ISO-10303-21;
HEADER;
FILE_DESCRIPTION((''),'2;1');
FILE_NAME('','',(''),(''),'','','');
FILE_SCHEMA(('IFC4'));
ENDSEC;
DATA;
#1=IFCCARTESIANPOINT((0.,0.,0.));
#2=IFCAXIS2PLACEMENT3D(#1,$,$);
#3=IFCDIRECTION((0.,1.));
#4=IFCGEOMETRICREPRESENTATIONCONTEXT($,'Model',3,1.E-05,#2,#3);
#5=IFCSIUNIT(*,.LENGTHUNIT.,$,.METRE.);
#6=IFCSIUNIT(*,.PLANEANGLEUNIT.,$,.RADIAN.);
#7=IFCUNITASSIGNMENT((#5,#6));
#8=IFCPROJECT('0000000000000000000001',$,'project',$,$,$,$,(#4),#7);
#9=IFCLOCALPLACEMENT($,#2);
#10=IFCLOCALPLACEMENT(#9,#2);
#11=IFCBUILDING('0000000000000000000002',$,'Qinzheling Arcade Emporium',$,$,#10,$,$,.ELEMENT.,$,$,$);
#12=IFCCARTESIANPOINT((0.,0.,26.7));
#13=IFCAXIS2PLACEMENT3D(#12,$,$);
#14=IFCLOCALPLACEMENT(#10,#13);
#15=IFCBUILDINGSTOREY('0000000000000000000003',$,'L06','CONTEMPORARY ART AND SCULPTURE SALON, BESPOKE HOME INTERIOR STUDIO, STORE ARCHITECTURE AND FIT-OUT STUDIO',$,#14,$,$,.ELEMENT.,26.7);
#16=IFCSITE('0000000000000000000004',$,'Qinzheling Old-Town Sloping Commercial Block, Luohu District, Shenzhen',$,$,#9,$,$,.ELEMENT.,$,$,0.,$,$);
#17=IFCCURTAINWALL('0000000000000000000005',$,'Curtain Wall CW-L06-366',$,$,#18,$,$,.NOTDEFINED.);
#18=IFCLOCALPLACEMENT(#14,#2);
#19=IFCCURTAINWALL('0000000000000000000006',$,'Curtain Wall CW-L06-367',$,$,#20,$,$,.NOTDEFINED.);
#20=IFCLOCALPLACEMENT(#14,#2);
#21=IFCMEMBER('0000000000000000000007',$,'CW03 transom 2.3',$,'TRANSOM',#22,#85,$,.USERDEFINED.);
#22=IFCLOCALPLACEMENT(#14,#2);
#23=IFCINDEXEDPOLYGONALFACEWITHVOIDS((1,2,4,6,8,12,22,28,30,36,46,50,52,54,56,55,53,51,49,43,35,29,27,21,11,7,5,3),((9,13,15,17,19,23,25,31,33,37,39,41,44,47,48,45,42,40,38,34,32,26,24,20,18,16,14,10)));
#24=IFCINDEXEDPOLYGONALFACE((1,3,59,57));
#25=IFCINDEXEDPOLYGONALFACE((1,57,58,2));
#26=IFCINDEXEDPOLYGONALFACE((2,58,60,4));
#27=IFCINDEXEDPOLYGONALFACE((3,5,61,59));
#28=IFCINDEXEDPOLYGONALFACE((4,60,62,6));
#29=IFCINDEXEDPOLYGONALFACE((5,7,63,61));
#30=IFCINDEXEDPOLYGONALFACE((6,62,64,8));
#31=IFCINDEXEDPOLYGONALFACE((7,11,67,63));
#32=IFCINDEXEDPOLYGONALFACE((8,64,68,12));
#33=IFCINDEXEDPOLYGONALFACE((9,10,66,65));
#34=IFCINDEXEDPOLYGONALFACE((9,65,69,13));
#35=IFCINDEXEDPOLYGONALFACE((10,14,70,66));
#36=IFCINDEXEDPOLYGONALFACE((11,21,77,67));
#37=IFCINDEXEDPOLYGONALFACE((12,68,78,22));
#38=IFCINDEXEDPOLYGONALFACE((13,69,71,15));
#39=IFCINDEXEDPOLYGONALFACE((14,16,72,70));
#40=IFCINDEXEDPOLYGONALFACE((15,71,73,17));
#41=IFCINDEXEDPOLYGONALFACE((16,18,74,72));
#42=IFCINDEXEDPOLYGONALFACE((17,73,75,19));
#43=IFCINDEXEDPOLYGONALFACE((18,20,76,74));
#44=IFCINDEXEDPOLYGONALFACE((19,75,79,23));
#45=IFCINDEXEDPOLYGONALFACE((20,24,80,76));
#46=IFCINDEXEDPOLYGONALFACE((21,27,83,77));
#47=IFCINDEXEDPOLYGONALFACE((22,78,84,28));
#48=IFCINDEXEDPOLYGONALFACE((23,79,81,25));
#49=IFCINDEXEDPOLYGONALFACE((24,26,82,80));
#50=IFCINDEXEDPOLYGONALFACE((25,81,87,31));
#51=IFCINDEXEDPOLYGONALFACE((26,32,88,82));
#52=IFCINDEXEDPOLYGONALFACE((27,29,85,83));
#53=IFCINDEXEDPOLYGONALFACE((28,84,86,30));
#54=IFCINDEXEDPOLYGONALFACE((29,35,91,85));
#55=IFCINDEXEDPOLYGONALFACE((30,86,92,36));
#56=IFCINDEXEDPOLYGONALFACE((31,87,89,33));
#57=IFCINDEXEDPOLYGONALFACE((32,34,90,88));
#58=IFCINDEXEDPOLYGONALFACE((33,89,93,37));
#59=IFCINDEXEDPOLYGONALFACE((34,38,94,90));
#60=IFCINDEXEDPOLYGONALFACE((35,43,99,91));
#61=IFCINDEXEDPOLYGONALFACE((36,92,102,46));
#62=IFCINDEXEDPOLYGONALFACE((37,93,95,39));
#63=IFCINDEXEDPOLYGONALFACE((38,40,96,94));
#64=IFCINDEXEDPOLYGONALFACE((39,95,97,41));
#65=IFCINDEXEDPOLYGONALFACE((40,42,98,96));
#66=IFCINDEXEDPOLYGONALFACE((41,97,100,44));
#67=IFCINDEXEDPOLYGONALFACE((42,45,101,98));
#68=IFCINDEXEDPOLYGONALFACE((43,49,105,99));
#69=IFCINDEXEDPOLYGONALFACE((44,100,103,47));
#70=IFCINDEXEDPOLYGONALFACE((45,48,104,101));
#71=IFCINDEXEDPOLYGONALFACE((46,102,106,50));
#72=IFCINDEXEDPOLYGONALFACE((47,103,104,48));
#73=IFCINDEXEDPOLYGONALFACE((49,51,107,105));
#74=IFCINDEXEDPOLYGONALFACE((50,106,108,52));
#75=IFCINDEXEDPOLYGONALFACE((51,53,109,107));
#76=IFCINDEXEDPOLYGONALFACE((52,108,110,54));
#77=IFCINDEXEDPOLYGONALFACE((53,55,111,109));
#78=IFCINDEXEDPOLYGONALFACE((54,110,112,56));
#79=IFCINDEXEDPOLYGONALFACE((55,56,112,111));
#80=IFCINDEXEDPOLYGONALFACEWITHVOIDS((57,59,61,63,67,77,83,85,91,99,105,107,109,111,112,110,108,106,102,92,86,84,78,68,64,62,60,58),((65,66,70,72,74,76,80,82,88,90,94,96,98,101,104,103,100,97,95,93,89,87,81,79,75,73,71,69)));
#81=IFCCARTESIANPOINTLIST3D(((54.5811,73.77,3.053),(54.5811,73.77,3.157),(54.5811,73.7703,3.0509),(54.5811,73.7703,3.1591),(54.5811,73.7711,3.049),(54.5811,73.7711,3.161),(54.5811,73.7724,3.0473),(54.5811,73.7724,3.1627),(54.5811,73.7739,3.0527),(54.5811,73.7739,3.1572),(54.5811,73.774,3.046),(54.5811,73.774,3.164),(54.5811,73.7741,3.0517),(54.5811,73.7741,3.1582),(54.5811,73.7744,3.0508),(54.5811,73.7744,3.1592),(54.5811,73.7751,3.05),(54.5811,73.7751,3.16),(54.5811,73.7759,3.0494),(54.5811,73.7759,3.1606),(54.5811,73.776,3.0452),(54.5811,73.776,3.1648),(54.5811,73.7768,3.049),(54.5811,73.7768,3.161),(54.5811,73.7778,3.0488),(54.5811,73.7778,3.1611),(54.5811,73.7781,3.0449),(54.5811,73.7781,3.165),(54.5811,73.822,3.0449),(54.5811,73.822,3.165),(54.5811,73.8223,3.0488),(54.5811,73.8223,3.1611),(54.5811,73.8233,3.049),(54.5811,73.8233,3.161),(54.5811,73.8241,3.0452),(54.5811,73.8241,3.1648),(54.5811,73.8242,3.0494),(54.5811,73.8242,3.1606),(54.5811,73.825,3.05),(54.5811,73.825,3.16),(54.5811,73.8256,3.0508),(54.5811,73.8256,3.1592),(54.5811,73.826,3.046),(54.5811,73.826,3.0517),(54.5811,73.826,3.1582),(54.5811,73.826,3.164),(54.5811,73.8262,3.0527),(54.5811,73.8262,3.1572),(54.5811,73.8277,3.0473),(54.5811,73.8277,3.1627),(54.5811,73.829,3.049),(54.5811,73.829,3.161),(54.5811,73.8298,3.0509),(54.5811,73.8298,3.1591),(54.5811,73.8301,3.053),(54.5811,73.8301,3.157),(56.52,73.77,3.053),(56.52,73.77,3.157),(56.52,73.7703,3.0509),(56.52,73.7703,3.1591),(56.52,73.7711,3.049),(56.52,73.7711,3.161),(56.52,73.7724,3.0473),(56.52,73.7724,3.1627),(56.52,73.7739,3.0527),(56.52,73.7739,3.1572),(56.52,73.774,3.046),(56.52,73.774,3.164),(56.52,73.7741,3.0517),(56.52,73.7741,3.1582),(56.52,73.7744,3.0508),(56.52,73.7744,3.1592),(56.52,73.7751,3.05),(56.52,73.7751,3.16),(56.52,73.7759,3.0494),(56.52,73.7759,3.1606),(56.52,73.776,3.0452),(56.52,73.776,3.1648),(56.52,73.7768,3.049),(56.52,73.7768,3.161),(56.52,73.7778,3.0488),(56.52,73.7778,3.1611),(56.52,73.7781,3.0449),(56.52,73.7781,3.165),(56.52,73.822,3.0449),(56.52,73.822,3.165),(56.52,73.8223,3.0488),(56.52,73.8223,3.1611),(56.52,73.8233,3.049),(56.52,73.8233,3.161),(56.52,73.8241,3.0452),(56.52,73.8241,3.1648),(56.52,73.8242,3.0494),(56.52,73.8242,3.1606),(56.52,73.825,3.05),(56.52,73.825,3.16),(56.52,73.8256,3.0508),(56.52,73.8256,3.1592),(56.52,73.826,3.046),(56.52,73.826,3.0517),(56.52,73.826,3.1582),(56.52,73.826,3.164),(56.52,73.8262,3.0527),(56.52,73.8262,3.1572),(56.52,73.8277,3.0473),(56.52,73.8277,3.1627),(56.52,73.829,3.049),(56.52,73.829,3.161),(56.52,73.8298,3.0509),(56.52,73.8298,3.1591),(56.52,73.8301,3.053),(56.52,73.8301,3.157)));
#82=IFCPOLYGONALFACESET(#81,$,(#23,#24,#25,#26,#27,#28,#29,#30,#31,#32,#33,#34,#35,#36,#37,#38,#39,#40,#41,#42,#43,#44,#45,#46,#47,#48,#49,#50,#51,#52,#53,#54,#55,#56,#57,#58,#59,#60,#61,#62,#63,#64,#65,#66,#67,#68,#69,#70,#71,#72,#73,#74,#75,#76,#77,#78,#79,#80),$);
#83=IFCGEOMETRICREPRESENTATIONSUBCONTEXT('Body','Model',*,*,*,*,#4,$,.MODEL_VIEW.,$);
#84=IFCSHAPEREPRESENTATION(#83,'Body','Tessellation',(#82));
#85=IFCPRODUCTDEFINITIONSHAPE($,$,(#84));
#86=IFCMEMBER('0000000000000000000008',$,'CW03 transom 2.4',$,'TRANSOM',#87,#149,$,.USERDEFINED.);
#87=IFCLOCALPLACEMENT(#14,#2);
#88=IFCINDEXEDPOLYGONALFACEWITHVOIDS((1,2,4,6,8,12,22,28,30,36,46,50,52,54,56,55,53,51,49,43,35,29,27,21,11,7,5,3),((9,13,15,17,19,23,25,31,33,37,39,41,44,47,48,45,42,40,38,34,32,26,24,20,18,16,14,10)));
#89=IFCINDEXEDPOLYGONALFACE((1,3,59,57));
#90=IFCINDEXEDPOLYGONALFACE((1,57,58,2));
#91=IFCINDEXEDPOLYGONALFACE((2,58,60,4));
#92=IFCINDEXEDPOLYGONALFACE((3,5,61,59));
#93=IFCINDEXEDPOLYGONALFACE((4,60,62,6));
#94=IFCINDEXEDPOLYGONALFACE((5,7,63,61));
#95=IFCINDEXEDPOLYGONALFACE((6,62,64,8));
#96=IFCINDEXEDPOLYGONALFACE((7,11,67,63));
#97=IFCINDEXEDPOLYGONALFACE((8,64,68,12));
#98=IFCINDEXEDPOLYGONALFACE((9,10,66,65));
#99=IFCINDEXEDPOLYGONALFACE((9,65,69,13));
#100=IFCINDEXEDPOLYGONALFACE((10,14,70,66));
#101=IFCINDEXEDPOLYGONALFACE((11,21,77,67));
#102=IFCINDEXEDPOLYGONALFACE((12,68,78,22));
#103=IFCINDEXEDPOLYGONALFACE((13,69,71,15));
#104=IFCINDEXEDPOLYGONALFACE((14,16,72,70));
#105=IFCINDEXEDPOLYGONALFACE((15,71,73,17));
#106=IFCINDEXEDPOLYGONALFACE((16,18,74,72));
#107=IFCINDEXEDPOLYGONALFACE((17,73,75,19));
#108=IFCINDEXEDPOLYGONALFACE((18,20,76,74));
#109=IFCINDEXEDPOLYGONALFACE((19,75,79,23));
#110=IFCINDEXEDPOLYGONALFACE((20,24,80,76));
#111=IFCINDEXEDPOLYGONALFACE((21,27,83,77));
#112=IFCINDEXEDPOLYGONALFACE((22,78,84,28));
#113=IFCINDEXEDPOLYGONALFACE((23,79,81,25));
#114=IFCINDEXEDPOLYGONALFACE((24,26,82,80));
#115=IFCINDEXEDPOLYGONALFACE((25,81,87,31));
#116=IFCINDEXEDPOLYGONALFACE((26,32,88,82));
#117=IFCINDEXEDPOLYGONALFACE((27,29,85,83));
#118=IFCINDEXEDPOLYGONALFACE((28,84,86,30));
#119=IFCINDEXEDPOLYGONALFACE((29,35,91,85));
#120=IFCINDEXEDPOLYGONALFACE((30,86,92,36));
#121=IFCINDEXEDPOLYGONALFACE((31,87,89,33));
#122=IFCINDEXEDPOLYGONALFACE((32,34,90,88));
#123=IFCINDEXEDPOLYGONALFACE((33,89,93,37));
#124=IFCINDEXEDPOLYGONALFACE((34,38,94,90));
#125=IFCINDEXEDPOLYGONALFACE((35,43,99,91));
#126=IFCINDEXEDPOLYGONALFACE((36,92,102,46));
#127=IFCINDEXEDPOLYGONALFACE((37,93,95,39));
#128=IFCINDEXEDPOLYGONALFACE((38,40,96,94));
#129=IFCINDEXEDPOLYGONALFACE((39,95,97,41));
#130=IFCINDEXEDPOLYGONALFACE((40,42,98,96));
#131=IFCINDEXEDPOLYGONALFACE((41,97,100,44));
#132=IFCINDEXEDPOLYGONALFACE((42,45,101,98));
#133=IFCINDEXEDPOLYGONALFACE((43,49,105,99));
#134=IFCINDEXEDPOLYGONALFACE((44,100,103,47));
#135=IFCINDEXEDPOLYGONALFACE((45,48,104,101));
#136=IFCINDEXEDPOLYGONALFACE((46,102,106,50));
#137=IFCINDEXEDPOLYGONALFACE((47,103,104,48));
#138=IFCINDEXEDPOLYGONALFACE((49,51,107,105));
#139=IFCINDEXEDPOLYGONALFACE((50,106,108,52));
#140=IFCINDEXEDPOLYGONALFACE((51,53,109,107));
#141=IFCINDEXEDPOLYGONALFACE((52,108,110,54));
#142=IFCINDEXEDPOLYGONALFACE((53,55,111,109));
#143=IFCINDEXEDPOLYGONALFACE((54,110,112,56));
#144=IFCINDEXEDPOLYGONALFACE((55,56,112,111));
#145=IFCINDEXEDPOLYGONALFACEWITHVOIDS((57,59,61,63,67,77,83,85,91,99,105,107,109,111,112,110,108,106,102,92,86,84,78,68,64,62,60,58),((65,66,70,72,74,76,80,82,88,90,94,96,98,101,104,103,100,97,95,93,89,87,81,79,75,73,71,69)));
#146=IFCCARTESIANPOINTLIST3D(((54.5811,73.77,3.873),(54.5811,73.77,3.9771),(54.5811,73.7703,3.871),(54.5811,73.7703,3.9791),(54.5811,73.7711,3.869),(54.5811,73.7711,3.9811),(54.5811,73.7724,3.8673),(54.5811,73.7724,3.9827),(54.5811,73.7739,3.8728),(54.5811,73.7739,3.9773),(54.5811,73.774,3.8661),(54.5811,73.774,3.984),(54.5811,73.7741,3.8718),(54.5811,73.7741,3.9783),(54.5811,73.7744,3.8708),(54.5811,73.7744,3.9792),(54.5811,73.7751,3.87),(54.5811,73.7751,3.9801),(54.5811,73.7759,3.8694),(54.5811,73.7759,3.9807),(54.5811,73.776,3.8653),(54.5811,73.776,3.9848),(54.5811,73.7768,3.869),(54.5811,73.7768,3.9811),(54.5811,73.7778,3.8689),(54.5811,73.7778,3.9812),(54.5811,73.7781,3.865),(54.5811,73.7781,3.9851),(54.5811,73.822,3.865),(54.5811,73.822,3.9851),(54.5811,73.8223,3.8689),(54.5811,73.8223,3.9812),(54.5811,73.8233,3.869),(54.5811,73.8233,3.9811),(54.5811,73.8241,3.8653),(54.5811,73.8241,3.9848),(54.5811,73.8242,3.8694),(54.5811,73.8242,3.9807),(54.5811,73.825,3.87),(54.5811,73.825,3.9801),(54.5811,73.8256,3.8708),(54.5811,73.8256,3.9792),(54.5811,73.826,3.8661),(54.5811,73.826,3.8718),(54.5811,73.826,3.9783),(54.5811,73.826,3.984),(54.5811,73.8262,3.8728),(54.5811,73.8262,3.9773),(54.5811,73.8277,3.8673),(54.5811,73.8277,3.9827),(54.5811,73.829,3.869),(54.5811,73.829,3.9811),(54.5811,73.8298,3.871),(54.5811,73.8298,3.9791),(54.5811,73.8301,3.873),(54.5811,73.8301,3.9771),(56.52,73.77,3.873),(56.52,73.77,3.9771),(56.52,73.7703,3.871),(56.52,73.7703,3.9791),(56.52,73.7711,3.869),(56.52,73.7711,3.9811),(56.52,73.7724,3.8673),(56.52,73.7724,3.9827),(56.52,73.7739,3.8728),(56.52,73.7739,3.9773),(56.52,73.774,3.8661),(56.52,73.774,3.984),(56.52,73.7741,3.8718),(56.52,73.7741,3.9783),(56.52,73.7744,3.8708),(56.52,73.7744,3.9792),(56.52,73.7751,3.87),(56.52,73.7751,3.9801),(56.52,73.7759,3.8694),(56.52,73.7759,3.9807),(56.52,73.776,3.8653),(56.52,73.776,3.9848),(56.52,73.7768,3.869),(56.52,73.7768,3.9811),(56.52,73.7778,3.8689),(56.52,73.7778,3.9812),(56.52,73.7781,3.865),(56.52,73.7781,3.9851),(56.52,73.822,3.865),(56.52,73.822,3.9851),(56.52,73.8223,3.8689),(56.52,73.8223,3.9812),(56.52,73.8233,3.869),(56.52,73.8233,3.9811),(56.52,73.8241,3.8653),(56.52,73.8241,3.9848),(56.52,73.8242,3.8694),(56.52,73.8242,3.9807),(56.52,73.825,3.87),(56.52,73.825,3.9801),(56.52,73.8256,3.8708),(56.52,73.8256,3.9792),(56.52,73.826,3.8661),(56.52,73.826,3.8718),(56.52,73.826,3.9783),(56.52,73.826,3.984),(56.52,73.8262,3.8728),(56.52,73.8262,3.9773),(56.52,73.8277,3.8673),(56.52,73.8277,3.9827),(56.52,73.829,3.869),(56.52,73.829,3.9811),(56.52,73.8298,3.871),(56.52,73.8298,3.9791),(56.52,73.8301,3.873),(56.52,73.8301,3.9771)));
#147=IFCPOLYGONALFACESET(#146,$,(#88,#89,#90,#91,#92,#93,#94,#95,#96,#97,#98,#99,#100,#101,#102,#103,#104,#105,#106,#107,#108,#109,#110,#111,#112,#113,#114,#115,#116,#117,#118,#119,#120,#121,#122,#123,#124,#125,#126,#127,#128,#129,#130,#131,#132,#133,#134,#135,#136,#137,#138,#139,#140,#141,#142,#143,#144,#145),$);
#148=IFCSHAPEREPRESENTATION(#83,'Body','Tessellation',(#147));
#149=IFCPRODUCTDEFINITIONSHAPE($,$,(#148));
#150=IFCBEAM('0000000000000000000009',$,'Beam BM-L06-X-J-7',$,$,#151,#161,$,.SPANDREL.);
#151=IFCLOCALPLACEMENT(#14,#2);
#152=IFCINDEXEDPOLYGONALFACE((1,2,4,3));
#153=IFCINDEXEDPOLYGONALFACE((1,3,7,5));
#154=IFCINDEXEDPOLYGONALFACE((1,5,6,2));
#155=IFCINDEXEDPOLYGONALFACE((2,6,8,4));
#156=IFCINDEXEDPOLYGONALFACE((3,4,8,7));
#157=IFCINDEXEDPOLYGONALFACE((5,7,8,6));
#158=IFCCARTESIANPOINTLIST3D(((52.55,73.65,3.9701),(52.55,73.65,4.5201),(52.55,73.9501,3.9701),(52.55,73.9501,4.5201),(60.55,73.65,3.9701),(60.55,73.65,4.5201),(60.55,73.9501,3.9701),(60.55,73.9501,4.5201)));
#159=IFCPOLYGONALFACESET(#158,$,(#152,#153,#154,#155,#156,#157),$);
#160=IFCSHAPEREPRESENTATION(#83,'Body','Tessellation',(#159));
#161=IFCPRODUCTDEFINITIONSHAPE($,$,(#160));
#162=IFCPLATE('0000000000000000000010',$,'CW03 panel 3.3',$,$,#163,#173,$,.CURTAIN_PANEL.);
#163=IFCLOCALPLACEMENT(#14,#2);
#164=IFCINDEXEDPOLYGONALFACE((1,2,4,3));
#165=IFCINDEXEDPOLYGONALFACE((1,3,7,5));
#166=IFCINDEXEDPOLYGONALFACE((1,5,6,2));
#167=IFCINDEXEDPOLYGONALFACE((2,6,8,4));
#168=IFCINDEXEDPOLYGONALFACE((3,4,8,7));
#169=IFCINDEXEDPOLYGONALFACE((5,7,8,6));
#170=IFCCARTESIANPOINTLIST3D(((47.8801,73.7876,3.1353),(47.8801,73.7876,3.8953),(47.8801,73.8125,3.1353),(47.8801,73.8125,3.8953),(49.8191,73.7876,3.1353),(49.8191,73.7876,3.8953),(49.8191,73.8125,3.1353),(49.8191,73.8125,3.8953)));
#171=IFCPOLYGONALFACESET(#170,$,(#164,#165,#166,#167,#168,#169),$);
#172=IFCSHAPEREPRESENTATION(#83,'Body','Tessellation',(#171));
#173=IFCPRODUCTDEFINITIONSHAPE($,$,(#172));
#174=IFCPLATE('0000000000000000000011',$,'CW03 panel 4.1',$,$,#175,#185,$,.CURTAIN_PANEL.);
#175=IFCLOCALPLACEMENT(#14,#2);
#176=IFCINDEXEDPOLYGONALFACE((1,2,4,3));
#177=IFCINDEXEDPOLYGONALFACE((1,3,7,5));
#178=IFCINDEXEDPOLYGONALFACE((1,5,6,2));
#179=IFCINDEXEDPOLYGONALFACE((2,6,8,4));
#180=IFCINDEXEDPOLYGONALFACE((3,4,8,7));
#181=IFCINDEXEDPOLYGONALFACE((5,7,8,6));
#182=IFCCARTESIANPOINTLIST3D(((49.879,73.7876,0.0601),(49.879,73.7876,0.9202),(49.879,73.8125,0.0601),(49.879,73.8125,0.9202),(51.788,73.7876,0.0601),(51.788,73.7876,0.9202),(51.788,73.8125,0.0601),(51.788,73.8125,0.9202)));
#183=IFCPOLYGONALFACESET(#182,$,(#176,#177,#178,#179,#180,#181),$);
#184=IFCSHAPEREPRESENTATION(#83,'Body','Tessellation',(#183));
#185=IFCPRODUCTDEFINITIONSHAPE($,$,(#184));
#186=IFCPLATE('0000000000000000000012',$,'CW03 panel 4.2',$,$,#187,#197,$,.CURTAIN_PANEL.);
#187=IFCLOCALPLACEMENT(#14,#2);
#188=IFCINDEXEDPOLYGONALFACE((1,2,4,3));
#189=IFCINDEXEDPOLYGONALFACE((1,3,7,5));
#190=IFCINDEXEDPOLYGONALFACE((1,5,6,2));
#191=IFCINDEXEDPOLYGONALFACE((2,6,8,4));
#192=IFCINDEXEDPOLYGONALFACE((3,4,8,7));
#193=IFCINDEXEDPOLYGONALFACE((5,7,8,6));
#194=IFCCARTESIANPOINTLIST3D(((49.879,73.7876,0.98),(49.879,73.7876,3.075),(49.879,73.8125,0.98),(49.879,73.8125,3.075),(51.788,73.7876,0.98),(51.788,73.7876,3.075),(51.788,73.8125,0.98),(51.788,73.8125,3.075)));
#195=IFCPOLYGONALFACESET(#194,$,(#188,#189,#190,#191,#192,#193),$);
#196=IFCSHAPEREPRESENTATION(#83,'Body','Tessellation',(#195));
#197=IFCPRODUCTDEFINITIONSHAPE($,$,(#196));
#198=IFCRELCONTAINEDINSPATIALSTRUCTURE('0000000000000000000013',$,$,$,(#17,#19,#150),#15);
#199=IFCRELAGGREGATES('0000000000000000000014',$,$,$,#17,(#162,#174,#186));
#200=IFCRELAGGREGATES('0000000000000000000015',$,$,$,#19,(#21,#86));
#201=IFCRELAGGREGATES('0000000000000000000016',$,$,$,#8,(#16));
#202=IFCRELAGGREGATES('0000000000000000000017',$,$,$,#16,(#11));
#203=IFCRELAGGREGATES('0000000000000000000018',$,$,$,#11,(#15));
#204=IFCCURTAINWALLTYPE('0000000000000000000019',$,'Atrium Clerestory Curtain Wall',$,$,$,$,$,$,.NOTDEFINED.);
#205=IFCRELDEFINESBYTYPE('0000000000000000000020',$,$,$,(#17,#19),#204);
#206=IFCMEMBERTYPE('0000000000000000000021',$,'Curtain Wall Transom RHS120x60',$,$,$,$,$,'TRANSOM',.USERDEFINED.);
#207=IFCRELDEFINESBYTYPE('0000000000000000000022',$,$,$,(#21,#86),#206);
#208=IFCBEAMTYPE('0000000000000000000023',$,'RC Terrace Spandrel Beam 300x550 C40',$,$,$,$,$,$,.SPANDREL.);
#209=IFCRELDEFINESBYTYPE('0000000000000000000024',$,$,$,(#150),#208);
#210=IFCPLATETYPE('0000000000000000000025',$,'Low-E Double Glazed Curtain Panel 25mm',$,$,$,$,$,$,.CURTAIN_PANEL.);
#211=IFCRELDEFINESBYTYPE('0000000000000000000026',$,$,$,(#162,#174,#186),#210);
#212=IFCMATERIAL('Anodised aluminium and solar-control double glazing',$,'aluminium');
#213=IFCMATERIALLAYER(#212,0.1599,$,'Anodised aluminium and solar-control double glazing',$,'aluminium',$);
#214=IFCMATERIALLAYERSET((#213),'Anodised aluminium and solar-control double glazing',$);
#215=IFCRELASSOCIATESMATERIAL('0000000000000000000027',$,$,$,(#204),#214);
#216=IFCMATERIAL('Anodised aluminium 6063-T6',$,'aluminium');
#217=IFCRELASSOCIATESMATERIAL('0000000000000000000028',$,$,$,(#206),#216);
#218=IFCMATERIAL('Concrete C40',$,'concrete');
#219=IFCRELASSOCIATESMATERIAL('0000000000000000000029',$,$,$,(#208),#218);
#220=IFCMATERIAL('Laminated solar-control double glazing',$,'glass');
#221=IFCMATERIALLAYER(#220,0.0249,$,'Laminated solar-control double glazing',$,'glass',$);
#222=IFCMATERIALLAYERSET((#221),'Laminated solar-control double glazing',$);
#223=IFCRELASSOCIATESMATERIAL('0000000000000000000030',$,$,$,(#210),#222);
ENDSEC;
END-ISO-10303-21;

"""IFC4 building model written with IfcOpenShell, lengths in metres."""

from ifc_helpers import new_model, si_unit, direction, frame, origin, origin_2d, place, context, subcontext, project, spatial, rectangle, hollow_rectangle, extrude, material, layer, layer_set, material_profile, profile_set, type_object, element, aggregate, save


model = new_model("IFC4")

# Units and contexts
model_context = context("Model", 3, precision=1e-05, world=origin(), true_north=direction((0.0, 1.0)))
body_context = subcontext(model_context, "Body", "Model", "MODEL_VIEW")
ifc_project = project(units=[si_unit("LENGTHUNIT", "METRE"), si_unit("PLANEANGLEUNIT", "RADIAN")], contexts=[model_context])

# Site, building, storey
site_placement = place(None, origin())
site = spatial("IfcSite", under=ifc_project, at=site_placement, Name="Qinzheling Old-Town Sloping Commercial Block, Luohu District, Shenzhen", CompositionType="ELEMENT", RefElevation=0.0)
building_placement = place(site_placement, origin())
building = spatial("IfcBuilding", under=site, at=building_placement, Name="Qinzheling Arcade Emporium", CompositionType="ELEMENT")
storey_placement = place(building_placement, frame((0.0, 0.0, 26.7)))
storey = spatial("IfcBuildingStorey", under=building, at=storey_placement, Name="L06", Description="CONTEMPORARY ART AND SCULPTURE SALON, BESPOKE HOME INTERIOR STUDIO, STORE ARCHITECTURE AND FIT-OUT STUDIO", CompositionType="ELEMENT", Elevation=26.7)

# Shared definitions
ifc_material_1 = material(Name="Concrete C40", Category="concrete")

# Curtain walls
ifc_material_2 = material(Name="Anodised aluminium and solar-control double glazing", Category="aluminium")
ifc_layer_1 = layer(ifc_material_2, 0.1599, Name="Anodised aluminium and solar-control double glazing", Category="aluminium")
ifc_layer_set_1 = layer_set([ifc_layer_1], Name="Anodised aluminium and solar-control double glazing")
curtain_wall_type = type_object("IfcCurtainWallType", Name="Atrium Clerestory Curtain Wall", PredefinedType="NOTDEFINED", material=ifc_layer_set_1)
curtain_wall_1_placement = place(storey_placement, origin())
curtain_wall_1 = element("IfcCurtainWall", 1, at=curtain_wall_1_placement, inside=storey, type_object=curtain_wall_type, Name="Curtain Wall CW-L06-366", PredefinedType="NOTDEFINED")
ifc_material_3 = material(Name="Anodised aluminium 6063-T6", Category="aluminium")
curtain_wall_2_placement = place(storey_placement, origin())
curtain_wall_2 = element("IfcCurtainWall", 2, at=curtain_wall_2_placement, inside=storey, type_object=curtain_wall_type, Name="Curtain Wall CW-L06-367", PredefinedType="NOTDEFINED")

# Members
ifc_material_profile_1 = material_profile(ifc_material_3, hollow_rectangle(XDim=0.0601, YDim=0.1201, WallThickness=0.0039, InnerFilletRadius=0.0039, OuterFilletRadius=0.0081, at=origin_2d()), Name="RHS 120x60x4", Category="aluminium")
ifc_profile_set_1 = profile_set([ifc_material_profile_1], Name="Anodised aluminium 6063-T6")
member_type_1 = type_object("IfcMemberType", Name="Curtain Wall Transom RHS120x60", ElementType="TRANSOM", PredefinedType="USERDEFINED", material=ifc_profile_set_1)
member_1_placement = place(storey_placement, frame((54.5811, 73.8, 3.105), z_axis=(1.0, 0.0, 0.0), x_axis=(0.0, 1.0, 0.0)))
member_1 = element("IfcMember", 3, at=member_1_placement, type_object=member_type_1, Name="CW03 transom 2.3", ObjectType="TRANSOM", PredefinedType="USERDEFINED", context=body_context, shape_type="SweptSolid", body=[
    extrude(hollow_rectangle(XDim=0.0601, YDim=0.1201, WallThickness=0.0039, InnerFilletRadius=0.0039, OuterFilletRadius=0.0081, at=origin_2d()), origin(), (0.0, 0.0, 1.0), 1.939),
])
member_2_placement = place(storey_placement, frame((54.5811, 73.8, 3.925), z_axis=(1.0, 0.0, 0.0), x_axis=(0.0, 1.0, 0.0)))
member_2 = element("IfcMember", 4, at=member_2_placement, type_object=member_type_1, Name="CW03 transom 2.4", ObjectType="TRANSOM", PredefinedType="USERDEFINED", context=body_context, shape_type="SweptSolid", body=[
    extrude(hollow_rectangle(XDim=0.0601, YDim=0.1201, WallThickness=0.0039, InnerFilletRadius=0.0039, OuterFilletRadius=0.0081, at=origin_2d()), origin(), (0.0, 0.0, 1.0), 1.939),
])

# Beam
ifc_material_profile_2 = material_profile(ifc_material_1, rectangle(XDim=0.3, YDim=0.55, at=origin_2d()), Name="RC 300x550", Category="concrete")
ifc_profile_set_2 = profile_set([ifc_material_profile_2], Name="Concrete C40")
beam_type = type_object("IfcBeamType", Name="RC Terrace Spandrel Beam 300x550 C40", PredefinedType="SPANDREL", material=ifc_profile_set_2)
beam_placement = place(storey_placement, frame((52.55, 73.8, 4.2451), z_axis=(1.0, 0.0, 0.0), x_axis=(0.0, 1.0, 0.0)))
element("IfcBeam", 5, at=beam_placement, inside=storey, type_object=beam_type, Name="Beam BM-L06-X-J-7", PredefinedType="SPANDREL", context=body_context, shape_type="SweptSolid", body=[
    extrude(rectangle(XDim=0.3, YDim=0.55, at=origin_2d()), origin(), (0.0, 0.0, 1.0), 8.0),
])

# Plates
ifc_material_4 = material(Name="Laminated solar-control double glazing", Category="glass")
ifc_layer_2 = layer(ifc_material_4, 0.0249, Name="Laminated solar-control double glazing", Category="glass")
ifc_layer_set_2 = layer_set([ifc_layer_2], Name="Laminated solar-control double glazing")
plate_type_1 = type_object("IfcPlateType", Name="Low-E Double Glazed Curtain Panel 25mm", PredefinedType="CURTAIN_PANEL", material=ifc_layer_set_2)
plate_1_placement = place(storey_placement, frame((48.8496, 73.8, 3.1353), z_axis=(0.0, 0.0, 1.0), x_axis=(1.0, 0.0, 0.0)))
plate_1 = element("IfcPlate", 6, at=plate_1_placement, type_object=plate_type_1, Name="CW03 panel 3.3", PredefinedType="CURTAIN_PANEL", context=body_context, shape_type="SweptSolid", body=[
    extrude(rectangle(XDim=1.939, YDim=0.0249, at=origin_2d()), origin(), (0.0, 0.0, 1.0), 0.76),
])
plate_2_placement = place(storey_placement, frame((50.8335, 73.8, 0.0601), z_axis=(0.0, 0.0, 1.0), x_axis=(1.0, 0.0, 0.0)))
plate_2 = element("IfcPlate", 7, at=plate_2_placement, type_object=plate_type_1, Name="CW03 panel 4.1", PredefinedType="CURTAIN_PANEL", context=body_context, shape_type="SweptSolid", body=[
    extrude(rectangle(XDim=1.9089, YDim=0.0249, at=origin_2d()), origin(), (0.0, 0.0, 1.0), 0.8601),
])
plate_3_placement = place(storey_placement, frame((50.8335, 73.8, 0.98), z_axis=(0.0, 0.0, 1.0), x_axis=(1.0, 0.0, 0.0)))
plate_3 = element("IfcPlate", 8, at=plate_3_placement, type_object=plate_type_1, Name="CW03 panel 4.2", PredefinedType="CURTAIN_PANEL", context=body_context, shape_type="SweptSolid", body=[
    extrude(rectangle(XDim=1.9089, YDim=0.0249, at=origin_2d()), origin(), (0.0, 0.0, 1.0), 2.095),
])
aggregate(curtain_wall_1, [plate_1, plate_2, plate_3])
aggregate(curtain_wall_2, [member_1, member_2])

save(model, "model.ifc")
